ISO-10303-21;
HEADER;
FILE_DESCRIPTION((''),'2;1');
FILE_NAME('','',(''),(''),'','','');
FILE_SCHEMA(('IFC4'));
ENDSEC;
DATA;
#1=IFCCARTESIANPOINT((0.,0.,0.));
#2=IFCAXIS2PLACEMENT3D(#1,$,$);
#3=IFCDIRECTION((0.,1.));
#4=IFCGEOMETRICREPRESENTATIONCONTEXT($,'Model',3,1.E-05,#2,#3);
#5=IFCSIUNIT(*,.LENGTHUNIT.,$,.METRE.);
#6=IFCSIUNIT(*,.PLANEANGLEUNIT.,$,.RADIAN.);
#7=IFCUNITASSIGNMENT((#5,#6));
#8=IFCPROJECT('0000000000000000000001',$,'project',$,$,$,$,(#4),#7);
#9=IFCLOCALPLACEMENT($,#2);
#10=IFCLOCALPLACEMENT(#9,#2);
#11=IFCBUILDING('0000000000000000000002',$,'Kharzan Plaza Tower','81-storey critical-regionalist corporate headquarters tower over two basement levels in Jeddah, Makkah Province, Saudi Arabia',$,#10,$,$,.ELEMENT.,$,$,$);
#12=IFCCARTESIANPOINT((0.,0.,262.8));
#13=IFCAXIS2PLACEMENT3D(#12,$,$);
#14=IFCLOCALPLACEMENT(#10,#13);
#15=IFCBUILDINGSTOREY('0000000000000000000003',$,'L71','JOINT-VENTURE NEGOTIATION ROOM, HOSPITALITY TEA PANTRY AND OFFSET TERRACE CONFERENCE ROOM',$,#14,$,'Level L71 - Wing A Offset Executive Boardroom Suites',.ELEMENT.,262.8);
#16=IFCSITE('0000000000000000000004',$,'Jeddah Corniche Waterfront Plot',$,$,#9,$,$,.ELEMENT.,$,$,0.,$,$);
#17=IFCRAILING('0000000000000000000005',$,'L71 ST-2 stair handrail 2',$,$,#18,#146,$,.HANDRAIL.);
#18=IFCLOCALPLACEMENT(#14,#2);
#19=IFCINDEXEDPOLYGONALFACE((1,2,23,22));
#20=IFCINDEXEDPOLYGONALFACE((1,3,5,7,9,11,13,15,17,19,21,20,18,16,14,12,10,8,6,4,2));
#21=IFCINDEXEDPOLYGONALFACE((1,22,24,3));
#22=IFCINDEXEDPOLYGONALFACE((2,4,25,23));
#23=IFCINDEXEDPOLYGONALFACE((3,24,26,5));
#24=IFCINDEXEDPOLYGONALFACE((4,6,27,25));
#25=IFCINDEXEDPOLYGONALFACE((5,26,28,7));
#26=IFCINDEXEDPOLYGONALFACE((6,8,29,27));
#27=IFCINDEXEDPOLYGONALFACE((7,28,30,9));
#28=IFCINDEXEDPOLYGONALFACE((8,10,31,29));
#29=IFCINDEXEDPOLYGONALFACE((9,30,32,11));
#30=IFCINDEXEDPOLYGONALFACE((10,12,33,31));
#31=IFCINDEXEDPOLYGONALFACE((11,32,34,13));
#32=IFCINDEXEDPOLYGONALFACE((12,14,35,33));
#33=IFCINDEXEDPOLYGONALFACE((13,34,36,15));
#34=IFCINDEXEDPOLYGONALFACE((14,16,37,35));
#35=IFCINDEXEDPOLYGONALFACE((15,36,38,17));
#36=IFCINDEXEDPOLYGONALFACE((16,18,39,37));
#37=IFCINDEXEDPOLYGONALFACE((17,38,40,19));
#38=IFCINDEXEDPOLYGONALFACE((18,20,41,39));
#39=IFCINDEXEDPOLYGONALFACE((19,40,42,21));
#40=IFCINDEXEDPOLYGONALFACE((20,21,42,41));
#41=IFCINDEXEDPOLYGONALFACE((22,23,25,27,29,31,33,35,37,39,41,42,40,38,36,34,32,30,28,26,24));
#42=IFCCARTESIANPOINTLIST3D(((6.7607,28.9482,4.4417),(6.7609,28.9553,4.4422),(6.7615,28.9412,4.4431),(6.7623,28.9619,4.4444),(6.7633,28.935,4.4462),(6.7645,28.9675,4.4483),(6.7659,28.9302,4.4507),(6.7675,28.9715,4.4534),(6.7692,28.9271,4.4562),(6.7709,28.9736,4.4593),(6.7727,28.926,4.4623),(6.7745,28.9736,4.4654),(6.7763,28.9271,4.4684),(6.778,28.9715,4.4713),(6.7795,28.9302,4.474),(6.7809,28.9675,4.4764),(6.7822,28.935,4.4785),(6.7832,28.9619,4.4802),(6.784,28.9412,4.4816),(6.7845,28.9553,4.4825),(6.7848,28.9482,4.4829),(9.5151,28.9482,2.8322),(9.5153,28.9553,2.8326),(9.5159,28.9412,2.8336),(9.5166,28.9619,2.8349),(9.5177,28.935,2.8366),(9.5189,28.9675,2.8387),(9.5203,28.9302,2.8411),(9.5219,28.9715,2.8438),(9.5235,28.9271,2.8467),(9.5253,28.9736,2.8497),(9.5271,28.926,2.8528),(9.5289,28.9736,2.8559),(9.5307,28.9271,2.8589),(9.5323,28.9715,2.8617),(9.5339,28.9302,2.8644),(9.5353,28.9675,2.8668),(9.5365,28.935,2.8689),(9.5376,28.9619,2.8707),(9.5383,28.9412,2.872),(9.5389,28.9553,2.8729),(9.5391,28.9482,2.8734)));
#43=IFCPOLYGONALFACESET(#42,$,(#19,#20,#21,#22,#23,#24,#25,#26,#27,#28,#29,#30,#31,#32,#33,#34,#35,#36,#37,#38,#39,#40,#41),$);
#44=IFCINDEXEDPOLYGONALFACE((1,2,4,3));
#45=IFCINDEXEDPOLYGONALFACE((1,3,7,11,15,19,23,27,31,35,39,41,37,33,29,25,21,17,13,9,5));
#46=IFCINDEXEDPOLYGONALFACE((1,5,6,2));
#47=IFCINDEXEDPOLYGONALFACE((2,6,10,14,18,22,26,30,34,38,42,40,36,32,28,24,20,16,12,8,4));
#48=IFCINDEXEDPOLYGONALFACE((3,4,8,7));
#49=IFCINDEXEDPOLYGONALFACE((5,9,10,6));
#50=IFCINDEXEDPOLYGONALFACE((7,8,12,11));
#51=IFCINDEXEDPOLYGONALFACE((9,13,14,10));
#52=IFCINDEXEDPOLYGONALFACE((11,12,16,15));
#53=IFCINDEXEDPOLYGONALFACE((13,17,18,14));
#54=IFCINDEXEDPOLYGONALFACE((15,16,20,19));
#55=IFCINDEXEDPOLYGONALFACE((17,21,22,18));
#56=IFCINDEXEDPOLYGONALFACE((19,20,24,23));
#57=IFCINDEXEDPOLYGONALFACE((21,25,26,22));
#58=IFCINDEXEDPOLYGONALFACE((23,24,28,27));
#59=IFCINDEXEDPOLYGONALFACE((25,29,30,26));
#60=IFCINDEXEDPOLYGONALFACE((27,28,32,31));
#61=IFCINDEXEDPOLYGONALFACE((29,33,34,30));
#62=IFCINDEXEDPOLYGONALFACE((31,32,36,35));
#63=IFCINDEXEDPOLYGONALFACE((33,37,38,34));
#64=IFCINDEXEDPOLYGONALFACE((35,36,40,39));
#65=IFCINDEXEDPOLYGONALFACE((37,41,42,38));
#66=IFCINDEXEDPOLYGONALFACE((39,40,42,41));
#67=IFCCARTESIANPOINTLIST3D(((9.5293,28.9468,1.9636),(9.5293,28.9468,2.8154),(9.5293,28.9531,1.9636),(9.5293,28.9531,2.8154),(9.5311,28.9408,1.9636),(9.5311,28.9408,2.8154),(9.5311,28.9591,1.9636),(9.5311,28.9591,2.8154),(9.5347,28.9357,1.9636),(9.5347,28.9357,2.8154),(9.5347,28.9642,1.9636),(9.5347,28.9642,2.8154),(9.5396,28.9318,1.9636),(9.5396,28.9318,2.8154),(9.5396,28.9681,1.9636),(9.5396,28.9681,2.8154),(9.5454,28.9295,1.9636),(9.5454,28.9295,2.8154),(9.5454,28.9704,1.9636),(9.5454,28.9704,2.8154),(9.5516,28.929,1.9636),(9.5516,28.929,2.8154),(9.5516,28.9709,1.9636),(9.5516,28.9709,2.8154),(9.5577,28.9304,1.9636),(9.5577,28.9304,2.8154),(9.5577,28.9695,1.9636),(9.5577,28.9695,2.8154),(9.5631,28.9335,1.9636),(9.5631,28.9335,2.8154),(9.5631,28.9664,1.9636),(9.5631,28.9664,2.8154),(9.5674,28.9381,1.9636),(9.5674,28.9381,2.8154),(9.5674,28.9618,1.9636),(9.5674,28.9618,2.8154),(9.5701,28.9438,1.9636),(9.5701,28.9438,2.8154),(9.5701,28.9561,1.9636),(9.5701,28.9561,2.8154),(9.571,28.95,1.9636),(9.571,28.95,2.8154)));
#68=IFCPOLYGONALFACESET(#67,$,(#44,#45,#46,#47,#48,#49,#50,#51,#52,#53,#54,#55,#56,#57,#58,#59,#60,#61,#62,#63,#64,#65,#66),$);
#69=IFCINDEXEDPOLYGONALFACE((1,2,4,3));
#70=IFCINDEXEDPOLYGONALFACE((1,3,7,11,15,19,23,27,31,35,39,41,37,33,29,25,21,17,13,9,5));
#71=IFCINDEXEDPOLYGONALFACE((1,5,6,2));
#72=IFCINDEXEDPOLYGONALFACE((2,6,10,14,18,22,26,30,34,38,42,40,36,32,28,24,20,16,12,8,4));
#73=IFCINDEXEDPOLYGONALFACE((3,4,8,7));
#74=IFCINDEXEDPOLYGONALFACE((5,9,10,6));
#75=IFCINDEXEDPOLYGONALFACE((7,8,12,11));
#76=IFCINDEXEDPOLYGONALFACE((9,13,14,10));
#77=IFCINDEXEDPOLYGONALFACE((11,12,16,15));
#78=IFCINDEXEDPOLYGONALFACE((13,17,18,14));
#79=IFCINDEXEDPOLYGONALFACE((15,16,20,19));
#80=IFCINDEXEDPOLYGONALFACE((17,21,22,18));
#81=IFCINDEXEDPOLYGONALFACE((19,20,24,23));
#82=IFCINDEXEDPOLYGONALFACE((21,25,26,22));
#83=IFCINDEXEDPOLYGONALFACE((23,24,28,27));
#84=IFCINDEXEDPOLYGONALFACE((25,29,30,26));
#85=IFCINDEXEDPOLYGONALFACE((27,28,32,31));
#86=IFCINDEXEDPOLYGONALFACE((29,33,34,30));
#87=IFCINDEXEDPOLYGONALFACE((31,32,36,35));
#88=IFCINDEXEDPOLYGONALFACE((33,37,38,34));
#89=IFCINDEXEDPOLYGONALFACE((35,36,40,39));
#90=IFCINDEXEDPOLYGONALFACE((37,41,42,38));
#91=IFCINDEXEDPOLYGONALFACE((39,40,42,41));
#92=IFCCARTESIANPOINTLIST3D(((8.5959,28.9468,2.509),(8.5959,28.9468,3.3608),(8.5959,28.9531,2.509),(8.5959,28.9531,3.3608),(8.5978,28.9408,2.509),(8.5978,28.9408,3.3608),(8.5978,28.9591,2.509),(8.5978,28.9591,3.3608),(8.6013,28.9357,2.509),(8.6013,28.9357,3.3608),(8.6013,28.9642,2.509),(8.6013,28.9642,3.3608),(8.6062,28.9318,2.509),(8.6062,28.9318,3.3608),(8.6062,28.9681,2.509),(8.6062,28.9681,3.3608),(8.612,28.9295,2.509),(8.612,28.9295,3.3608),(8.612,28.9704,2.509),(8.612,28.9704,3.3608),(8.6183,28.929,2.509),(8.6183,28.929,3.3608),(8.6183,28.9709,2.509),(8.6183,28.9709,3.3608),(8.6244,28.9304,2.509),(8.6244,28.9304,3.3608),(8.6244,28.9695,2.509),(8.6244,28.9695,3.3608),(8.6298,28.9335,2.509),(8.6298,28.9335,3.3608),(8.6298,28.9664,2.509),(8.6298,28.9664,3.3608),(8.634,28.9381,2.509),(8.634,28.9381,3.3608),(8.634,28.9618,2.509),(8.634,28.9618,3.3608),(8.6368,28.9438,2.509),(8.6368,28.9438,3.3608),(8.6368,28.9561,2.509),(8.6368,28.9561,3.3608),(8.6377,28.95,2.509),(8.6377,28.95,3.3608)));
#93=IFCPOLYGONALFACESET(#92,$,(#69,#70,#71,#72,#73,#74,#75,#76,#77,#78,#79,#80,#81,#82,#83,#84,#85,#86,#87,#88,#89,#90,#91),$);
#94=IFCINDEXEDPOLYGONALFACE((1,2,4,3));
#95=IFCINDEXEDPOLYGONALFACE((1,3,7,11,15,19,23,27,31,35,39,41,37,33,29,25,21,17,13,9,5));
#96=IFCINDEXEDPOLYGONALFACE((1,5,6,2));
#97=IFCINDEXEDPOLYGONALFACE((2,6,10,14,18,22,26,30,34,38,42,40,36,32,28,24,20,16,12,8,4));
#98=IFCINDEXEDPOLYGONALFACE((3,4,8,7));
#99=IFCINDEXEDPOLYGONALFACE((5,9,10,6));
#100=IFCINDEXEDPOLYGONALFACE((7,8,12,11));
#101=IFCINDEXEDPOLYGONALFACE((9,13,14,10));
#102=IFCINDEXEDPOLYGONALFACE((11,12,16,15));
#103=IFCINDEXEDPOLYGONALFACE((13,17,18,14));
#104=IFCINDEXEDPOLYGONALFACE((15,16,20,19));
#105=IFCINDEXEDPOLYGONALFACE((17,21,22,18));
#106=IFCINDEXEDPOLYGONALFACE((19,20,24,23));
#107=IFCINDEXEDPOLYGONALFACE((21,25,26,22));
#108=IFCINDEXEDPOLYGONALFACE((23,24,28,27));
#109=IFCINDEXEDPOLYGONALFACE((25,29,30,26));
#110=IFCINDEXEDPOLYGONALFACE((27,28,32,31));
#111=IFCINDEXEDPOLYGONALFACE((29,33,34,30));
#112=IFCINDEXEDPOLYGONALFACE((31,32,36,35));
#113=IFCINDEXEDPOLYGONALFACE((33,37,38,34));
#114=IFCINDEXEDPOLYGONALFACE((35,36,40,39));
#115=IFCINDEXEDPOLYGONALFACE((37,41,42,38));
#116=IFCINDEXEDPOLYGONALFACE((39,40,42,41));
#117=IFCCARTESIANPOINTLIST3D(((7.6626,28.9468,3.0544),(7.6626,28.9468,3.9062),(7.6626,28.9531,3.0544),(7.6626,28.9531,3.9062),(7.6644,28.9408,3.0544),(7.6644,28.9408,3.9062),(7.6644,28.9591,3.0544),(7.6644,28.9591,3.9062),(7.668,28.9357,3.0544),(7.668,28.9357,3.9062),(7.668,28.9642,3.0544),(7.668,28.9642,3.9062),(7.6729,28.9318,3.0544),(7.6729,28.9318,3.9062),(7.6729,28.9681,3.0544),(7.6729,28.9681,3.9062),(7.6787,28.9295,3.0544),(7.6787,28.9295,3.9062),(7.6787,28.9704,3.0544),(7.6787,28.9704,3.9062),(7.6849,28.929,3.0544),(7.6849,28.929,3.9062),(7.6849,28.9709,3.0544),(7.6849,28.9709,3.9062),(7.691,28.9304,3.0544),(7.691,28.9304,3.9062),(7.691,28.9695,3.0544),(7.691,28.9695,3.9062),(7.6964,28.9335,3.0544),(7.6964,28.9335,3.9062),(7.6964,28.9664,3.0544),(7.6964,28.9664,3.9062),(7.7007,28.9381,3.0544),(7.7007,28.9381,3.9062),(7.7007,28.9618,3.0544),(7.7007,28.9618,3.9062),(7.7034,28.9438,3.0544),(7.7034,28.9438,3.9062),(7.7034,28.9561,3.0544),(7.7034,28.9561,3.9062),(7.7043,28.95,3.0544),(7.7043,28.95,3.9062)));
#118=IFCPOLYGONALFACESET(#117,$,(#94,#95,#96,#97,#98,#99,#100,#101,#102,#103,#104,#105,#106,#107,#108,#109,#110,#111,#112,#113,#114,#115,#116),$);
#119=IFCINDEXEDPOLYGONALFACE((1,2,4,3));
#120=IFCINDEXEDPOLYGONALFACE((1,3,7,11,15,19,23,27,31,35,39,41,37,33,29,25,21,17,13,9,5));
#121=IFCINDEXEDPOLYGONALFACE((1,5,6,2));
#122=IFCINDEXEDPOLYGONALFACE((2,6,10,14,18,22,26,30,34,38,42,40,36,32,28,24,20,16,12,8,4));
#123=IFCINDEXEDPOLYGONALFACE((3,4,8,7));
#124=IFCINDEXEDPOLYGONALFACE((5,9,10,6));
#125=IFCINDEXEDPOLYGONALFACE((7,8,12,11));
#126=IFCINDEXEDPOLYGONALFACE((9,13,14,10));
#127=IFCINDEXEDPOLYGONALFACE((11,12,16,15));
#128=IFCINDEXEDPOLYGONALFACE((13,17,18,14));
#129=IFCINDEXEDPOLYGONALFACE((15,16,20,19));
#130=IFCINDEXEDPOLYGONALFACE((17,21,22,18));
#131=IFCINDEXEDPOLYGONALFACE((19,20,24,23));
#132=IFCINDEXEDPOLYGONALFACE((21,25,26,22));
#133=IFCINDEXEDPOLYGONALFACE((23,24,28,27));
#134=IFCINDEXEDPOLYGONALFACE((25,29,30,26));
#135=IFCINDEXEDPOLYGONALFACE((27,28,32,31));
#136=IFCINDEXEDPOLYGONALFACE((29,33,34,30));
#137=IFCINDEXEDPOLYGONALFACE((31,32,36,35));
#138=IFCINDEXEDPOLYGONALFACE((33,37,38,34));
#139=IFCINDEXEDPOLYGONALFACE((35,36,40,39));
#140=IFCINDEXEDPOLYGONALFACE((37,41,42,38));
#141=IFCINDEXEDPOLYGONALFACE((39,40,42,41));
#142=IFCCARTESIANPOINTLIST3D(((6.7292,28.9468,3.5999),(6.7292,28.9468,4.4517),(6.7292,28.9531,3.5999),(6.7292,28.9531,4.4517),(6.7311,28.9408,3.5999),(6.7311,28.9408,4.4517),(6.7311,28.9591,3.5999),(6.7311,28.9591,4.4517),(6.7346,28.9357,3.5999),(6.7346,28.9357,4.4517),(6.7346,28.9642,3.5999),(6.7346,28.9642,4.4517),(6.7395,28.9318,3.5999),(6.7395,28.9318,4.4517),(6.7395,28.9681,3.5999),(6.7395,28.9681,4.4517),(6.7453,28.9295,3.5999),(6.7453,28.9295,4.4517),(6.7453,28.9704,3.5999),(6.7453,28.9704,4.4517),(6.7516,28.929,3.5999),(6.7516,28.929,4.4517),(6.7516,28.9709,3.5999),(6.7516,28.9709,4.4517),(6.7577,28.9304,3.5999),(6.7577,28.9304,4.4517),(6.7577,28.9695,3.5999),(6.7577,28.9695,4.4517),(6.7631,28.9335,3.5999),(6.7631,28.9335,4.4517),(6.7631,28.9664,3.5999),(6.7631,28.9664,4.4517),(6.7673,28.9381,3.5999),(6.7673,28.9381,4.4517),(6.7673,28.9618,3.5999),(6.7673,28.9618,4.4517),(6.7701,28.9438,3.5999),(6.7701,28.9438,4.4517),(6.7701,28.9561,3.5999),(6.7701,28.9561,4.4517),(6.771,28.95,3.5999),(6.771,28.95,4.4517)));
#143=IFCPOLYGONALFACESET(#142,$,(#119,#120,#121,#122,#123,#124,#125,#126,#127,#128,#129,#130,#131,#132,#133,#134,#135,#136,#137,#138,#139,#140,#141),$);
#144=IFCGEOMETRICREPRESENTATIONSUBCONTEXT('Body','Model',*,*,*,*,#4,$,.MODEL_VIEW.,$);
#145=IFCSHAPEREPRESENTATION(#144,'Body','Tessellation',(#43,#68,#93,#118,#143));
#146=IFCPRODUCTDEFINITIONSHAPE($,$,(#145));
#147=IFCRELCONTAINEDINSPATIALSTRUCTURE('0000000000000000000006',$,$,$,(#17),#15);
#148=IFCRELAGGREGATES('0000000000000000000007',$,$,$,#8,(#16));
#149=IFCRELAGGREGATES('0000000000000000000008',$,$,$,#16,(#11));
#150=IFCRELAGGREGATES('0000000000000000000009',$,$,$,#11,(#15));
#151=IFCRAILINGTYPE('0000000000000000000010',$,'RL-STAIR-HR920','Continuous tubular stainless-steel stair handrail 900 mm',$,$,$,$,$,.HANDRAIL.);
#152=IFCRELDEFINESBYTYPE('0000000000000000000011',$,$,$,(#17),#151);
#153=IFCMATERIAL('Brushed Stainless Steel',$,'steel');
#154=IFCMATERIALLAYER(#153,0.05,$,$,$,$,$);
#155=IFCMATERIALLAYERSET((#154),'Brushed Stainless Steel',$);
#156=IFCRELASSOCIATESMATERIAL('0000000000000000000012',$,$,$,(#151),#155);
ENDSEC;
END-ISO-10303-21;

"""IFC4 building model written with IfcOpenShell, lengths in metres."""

from ifc_helpers import new_model, si_unit, direction, frame, origin, origin_2d, place, context, subcontext, project, spatial, circle, extrude, source, transform, mapped, material, layer, layer_set, type_object, element, save


model = new_model("IFC4")

# Units and contexts
model_context = context("Model", 3, precision=1e-05, world=origin(), true_north=direction((0.0, 1.0)))
body_context = subcontext(model_context, "Body", "Model", "MODEL_VIEW")
ifc_project = project(units=[si_unit("LENGTHUNIT", "METRE"), si_unit("PLANEANGLEUNIT", "RADIAN")], contexts=[model_context])

# Site, building, storey
site_placement = place(None, origin())
site = spatial("IfcSite", under=ifc_project, at=site_placement, Name="Jeddah Corniche Waterfront Plot", CompositionType="ELEMENT", RefElevation=0.0)
building_placement = place(site_placement, origin())
building = spatial("IfcBuilding", under=site, at=building_placement, Name="Kharzan Plaza Tower", Description="81-storey critical-regionalist corporate headquarters tower over two basement levels in Jeddah, Makkah Province, Saudi Arabia", CompositionType="ELEMENT")
storey_placement = place(building_placement, frame((0.0, 0.0, 262.8)))
storey = spatial("IfcBuildingStorey", under=building, at=storey_placement, Name="L71", Description="JOINT-VENTURE NEGOTIATION ROOM, HOSPITALITY TEA PANTRY AND OFFSET TERRACE CONFERENCE ROOM", LongName="Level L71 - Wing A Offset Executive Boardroom Suites", CompositionType="ELEMENT", Elevation=262.8)

# Railing
ifc_material_1 = material(Name="Brushed Stainless Steel", Category="steel")
ifc_layer_1 = layer(ifc_material_1, 0.05)
ifc_layer_set_1 = layer_set([ifc_layer_1], Name="Brushed Stainless Steel")
railing_type_1 = type_object("IfcRailingType", Name="RL-STAIR-HR920", Description="Continuous tubular stainless-steel stair handrail 900 mm", PredefinedType="HANDRAIL", material=ifc_layer_set_1)
shared_shape_1 = source(origin(), body_context, "Body", "SweptSolid", [
    extrude(circle(Radius=0.0239, at=origin_2d()), frame((-0.0229, 0.0, 0.8892), z_axis=(-0.863394, 0.0, 0.504531), x_axis=(0.0, -1.0, 0.0)), (0.0, 0.0, 1.0), 3.1902),
    extrude(circle(Radius=0.021, at=origin_2d()), origin(), (0.0, 0.0, 1.0), 0.8518),
    extrude(circle(Radius=0.021, at=origin_2d()), frame((-0.9333, 0.0, 0.5454)), (0.0, 0.0, 1.0), 0.8518),
    extrude(circle(Radius=0.021, at=origin_2d()), frame((-1.8667, 0.0, 1.0908)), (0.0, 0.0, 1.0), 0.8518),
    extrude(circle(Radius=0.021, at=origin_2d()), frame((-2.8, 0.0, 1.6362)), (0.0, 0.0, 1.0), 0.8518),
])
railing_1_placement = place(storey_placement, frame((9.55, 28.95, 1.9636)))
element("IfcRailing", 1, at=railing_1_placement, inside=storey, type_object=railing_type_1, Name="L71 ST-2 stair handrail 2", PredefinedType="HANDRAIL", context=body_context, shape_type="MappedRepresentation", body=[
    mapped(shared_shape_1, transform((0.0, 0.0, 0.0), x_axis=(1.0, 0.0, 0.0), y_axis=(0.0, 1.0, 0.0), z_axis=(0.0, 0.0, 1.0))),
])

save(model, "model.ifc")
